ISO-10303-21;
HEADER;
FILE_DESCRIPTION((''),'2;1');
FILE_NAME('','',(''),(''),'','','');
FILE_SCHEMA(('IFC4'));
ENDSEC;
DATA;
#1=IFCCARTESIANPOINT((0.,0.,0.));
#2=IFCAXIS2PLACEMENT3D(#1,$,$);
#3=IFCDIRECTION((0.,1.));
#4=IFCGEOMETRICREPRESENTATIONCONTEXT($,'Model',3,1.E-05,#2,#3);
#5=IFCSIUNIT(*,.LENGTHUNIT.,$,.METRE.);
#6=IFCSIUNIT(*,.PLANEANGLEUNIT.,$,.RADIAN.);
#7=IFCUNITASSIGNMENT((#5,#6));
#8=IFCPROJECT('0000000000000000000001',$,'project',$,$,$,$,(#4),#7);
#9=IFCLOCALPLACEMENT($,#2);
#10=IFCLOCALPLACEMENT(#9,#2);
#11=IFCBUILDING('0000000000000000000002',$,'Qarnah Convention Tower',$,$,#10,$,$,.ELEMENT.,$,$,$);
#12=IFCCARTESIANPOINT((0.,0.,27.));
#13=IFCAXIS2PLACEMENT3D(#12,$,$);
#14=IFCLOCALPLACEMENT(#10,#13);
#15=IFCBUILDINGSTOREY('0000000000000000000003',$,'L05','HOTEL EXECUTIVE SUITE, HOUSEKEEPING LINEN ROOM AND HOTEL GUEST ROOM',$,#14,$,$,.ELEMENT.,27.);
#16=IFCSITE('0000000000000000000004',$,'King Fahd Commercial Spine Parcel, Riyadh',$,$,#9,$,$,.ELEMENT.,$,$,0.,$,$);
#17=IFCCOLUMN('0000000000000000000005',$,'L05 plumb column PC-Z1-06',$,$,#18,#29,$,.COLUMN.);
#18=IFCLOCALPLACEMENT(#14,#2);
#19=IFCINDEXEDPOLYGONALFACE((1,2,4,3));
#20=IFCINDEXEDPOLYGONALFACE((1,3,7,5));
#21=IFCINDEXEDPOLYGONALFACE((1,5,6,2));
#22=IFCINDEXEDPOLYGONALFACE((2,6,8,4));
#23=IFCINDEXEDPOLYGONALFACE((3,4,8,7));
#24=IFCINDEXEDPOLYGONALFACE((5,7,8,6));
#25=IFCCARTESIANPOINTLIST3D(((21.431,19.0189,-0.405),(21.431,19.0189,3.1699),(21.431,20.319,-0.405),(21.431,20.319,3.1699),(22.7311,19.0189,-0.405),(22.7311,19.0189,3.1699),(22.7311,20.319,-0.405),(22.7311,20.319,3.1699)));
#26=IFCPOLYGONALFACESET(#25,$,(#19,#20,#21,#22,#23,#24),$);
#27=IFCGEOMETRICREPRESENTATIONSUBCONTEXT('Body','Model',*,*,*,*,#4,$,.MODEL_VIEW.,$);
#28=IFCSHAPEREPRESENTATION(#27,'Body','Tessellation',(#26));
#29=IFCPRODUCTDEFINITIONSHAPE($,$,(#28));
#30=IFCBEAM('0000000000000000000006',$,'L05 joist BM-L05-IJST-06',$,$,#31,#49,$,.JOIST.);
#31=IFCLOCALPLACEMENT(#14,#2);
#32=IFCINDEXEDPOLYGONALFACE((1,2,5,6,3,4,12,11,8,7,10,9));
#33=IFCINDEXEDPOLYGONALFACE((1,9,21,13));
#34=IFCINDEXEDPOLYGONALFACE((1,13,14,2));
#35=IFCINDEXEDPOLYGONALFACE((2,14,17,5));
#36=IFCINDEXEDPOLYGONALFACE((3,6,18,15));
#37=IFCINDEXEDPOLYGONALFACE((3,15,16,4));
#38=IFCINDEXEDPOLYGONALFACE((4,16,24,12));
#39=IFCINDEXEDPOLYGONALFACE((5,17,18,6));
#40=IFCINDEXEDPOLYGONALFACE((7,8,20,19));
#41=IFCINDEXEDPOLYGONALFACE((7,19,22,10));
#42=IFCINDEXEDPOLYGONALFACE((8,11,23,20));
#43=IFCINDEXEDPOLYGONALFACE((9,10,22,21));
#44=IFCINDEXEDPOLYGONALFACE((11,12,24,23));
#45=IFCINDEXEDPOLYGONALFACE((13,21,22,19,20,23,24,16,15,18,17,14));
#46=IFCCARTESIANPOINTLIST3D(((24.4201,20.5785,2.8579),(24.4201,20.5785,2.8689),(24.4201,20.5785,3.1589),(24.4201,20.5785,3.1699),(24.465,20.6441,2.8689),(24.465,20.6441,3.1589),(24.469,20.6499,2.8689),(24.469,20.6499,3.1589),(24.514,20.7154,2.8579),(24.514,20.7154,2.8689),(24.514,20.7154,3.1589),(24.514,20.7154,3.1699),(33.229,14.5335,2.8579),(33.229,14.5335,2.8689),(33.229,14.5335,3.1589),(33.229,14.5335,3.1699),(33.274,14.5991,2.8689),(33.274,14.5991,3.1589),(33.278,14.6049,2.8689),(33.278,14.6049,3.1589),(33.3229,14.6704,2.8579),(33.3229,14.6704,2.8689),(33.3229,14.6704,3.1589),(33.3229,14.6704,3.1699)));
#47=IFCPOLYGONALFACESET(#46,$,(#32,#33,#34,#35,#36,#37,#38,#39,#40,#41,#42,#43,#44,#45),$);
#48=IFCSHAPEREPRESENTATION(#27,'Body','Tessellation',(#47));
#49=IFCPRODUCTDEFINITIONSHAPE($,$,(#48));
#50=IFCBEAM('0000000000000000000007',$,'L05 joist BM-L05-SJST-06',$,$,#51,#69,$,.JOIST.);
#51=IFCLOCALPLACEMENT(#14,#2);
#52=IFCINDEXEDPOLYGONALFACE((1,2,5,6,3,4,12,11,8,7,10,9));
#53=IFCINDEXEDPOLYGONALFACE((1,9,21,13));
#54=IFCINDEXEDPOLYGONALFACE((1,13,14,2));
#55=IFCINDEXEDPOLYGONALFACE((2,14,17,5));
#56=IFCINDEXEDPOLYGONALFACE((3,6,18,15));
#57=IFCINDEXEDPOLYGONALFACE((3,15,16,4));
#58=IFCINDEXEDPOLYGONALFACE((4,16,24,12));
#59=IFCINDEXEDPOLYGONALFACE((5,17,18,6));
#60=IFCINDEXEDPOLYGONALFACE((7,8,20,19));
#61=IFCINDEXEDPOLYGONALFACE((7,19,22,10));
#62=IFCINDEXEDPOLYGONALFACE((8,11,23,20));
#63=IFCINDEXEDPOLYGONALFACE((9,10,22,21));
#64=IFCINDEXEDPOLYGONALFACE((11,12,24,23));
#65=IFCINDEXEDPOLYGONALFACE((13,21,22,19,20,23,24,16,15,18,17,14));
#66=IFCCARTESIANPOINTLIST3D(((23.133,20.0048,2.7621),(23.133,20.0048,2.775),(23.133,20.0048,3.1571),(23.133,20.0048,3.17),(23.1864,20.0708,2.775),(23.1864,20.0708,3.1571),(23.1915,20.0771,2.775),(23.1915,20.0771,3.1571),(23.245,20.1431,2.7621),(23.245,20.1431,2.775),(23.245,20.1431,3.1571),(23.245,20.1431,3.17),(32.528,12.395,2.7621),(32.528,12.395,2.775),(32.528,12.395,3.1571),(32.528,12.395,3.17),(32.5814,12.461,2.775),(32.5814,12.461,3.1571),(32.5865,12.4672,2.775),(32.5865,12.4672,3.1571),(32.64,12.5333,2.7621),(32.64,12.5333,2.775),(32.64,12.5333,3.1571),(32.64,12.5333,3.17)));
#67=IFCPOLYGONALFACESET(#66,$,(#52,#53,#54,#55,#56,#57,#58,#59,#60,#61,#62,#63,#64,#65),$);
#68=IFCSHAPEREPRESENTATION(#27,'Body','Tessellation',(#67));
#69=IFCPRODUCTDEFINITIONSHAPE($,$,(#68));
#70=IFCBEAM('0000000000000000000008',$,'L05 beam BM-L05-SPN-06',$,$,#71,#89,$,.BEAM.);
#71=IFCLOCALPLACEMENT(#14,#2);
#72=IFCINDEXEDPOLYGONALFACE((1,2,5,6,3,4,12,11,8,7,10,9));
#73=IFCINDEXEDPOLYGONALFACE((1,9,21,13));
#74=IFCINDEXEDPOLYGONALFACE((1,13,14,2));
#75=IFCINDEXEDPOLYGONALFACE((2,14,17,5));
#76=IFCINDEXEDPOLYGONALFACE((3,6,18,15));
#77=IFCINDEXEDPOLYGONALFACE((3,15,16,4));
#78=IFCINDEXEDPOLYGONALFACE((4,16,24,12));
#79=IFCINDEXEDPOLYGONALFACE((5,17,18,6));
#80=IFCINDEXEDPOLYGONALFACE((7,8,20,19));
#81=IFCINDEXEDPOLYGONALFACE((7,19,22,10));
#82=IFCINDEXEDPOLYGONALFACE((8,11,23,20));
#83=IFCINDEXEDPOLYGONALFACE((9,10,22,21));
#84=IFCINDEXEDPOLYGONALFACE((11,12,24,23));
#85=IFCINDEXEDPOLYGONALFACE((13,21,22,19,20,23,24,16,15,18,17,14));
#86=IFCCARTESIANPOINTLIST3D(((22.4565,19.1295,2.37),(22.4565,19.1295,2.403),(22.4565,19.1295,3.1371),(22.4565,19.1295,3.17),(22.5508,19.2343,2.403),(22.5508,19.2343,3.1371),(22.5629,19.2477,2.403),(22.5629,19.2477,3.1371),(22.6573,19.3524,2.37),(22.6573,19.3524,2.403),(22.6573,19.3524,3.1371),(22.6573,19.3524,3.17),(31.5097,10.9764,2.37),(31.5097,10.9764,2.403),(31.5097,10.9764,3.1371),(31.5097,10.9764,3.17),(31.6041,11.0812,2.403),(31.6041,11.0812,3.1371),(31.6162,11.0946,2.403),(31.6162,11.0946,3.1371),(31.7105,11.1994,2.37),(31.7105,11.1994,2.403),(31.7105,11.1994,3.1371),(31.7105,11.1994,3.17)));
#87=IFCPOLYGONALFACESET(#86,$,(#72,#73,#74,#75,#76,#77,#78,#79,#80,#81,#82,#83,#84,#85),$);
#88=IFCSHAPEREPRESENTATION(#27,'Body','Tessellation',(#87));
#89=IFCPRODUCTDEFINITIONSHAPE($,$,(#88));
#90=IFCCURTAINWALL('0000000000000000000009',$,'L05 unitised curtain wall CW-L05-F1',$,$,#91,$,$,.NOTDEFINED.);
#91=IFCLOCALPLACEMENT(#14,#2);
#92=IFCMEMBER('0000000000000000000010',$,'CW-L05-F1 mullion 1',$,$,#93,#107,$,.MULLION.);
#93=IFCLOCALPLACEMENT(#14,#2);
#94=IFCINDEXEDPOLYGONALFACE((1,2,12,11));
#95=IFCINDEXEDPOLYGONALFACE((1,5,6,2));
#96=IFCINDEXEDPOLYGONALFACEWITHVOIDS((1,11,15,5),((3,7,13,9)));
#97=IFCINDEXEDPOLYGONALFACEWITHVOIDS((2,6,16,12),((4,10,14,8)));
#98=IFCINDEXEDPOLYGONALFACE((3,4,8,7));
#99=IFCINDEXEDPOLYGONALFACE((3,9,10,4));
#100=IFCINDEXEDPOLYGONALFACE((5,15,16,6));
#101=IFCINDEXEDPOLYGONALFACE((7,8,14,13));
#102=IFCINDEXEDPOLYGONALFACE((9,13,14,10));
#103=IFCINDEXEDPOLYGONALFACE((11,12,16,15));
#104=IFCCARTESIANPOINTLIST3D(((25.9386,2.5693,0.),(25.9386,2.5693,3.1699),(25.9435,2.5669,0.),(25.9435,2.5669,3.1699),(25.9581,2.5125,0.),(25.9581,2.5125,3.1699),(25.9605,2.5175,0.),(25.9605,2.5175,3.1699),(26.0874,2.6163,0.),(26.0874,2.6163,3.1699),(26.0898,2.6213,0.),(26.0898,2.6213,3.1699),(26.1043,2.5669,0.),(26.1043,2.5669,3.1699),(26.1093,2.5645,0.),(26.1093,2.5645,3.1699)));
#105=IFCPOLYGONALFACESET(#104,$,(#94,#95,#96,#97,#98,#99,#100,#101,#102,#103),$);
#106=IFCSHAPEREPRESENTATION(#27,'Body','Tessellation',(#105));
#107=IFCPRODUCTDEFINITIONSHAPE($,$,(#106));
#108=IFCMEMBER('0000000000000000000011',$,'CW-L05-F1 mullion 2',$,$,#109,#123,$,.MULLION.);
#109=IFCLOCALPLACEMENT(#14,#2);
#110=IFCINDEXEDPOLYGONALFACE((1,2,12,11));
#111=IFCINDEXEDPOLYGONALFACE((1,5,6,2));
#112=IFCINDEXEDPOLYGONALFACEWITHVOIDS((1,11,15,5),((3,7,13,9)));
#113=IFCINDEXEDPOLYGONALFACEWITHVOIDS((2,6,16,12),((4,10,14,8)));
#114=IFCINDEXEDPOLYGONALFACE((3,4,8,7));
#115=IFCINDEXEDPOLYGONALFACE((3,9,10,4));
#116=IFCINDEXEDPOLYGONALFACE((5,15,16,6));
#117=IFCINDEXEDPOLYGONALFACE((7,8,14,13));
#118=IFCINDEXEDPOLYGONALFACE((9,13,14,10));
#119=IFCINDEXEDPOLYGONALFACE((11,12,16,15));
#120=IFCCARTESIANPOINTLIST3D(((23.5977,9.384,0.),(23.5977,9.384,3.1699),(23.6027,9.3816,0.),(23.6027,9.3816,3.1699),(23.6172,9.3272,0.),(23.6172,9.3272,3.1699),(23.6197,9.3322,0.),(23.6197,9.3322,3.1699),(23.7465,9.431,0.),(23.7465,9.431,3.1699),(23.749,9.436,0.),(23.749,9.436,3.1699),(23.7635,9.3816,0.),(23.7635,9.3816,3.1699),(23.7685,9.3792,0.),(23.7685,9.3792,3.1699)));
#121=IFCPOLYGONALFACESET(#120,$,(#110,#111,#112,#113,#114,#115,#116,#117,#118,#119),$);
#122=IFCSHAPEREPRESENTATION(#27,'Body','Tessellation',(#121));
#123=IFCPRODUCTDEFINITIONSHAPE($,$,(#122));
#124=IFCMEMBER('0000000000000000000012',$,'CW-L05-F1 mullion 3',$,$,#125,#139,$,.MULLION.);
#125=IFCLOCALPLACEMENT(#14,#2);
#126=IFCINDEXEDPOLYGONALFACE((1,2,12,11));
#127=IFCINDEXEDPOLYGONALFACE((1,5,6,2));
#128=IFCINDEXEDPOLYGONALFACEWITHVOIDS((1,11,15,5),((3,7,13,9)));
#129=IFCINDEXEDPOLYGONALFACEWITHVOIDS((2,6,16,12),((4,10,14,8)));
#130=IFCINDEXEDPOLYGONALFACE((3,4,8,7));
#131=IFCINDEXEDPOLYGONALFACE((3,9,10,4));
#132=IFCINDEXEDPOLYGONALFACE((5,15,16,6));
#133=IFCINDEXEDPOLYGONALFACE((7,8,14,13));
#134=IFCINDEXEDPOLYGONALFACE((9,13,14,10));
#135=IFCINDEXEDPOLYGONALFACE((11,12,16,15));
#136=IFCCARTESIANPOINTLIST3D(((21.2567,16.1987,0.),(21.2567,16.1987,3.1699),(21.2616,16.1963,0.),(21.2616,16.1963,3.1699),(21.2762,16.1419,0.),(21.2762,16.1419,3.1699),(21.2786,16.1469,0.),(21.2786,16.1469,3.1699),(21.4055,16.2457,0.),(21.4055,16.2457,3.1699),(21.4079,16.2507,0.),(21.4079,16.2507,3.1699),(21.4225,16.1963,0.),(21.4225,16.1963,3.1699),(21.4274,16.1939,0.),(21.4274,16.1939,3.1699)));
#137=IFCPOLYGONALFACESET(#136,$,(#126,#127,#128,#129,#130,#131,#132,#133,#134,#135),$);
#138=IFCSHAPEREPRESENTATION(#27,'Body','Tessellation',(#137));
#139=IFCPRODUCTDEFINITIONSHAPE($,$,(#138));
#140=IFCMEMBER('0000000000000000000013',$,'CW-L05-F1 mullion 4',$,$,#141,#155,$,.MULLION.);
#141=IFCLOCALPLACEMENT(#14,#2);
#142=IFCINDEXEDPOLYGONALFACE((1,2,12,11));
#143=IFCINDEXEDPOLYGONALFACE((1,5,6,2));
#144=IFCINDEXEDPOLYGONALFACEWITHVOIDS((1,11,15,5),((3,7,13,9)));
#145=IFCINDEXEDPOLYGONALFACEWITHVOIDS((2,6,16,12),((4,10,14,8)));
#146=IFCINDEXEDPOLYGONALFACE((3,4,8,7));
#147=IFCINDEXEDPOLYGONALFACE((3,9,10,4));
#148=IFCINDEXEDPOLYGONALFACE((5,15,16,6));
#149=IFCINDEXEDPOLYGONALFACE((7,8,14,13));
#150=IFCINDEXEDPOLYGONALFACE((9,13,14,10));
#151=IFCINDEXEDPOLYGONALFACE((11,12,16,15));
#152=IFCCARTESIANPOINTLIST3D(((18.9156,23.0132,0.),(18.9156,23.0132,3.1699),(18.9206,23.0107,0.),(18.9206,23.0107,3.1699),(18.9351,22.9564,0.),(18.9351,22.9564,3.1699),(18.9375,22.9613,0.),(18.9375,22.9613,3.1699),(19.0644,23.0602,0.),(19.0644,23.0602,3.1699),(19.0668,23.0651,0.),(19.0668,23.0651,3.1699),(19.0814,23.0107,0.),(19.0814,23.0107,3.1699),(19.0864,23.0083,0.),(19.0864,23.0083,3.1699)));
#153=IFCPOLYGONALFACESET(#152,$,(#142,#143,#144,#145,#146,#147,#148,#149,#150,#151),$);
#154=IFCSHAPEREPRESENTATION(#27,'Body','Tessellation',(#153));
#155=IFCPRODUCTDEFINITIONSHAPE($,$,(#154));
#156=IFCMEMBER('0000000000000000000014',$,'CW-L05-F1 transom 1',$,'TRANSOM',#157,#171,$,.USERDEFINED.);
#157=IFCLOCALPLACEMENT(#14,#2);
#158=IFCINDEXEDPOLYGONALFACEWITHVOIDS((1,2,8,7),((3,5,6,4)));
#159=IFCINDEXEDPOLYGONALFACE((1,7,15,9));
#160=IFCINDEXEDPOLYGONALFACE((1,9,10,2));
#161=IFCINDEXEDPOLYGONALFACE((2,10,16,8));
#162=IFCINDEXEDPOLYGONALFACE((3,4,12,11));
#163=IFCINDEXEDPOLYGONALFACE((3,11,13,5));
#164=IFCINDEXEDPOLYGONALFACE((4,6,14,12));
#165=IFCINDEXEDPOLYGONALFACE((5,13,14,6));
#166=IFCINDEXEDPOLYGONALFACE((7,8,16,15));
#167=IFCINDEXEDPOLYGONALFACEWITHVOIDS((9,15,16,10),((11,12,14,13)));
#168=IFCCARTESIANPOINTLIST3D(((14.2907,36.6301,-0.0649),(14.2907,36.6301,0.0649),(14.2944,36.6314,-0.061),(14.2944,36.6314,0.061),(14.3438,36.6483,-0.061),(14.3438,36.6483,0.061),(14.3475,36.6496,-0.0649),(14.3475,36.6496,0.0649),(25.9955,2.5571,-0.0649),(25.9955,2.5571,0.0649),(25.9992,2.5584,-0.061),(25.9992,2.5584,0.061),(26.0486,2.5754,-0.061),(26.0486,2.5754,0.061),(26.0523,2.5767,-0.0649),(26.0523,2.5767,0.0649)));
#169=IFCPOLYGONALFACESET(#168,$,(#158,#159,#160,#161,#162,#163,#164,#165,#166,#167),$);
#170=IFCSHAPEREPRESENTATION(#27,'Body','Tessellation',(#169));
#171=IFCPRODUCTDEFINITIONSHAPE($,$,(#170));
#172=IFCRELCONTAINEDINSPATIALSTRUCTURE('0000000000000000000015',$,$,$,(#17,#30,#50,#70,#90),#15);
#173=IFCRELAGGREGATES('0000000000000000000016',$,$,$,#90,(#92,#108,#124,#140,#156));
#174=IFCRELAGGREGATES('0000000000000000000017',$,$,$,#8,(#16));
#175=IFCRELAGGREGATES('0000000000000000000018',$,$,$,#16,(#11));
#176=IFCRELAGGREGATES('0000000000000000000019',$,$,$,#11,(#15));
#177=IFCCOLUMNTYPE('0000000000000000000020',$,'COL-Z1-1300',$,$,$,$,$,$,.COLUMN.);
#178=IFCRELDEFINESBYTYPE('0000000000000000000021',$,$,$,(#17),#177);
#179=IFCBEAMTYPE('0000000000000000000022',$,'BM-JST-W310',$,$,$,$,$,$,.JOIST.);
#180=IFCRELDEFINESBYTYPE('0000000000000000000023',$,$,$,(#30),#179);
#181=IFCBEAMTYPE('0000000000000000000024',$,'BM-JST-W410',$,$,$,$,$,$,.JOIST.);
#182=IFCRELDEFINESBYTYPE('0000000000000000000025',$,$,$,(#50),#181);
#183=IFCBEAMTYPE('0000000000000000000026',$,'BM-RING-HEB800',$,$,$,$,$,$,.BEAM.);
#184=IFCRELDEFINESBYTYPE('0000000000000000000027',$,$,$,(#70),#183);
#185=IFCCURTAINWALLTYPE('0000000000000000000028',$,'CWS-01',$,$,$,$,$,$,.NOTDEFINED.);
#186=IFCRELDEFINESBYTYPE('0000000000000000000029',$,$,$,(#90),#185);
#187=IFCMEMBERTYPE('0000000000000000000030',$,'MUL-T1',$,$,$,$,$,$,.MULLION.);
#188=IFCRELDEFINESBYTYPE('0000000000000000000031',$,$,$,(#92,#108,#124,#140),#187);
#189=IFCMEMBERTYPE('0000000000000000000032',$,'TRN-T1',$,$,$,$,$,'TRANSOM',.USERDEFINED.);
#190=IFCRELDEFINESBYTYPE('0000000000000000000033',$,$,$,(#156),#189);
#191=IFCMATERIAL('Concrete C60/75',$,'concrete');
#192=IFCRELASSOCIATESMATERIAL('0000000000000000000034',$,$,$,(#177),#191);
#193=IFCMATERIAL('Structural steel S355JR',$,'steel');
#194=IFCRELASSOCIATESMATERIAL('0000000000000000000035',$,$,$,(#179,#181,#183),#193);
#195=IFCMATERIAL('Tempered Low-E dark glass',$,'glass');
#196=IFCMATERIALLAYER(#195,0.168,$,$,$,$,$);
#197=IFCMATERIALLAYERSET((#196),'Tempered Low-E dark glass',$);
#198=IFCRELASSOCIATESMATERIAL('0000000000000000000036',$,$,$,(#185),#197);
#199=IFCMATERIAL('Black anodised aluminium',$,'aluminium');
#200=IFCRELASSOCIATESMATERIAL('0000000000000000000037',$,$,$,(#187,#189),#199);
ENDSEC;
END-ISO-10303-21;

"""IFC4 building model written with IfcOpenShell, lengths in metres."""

from ifc_helpers import new_model, si_unit, direction, frame, origin, origin_2d, place, context, subcontext, project, spatial, rectangle, hollow_rectangle, i_section, extrude, material, layer, layer_set, material_profile, profile_set, type_object, element, aggregate, save


model = new_model("IFC4")

# Units and contexts
model_context = context("Model", 3, precision=1e-05, world=origin(), true_north=direction((0.0, 1.0)))
body_context = subcontext(model_context, "Body", "Model", "MODEL_VIEW")
ifc_project = project(units=[si_unit("LENGTHUNIT", "METRE"), si_unit("PLANEANGLEUNIT", "RADIAN")], contexts=[model_context])

# Site, building, storey
site_placement = place(None, origin())
site = spatial("IfcSite", under=ifc_project, at=site_placement, Name="King Fahd Commercial Spine Parcel, Riyadh", CompositionType="ELEMENT", RefElevation=0.0)
building_placement = place(site_placement, origin())
building = spatial("IfcBuilding", under=site, at=building_placement, Name="Qarnah Convention Tower", CompositionType="ELEMENT")
storey_placement = place(building_placement, frame((0.0, 0.0, 27.0)))
storey = spatial("IfcBuildingStorey", under=building, at=storey_placement, Name="L05", Description="HOTEL EXECUTIVE SUITE, HOUSEKEEPING LINEN ROOM AND HOTEL GUEST ROOM", CompositionType="ELEMENT", Elevation=27.0)

# Column
ifc_material_1 = material(Name="Concrete C60/75", Category="concrete")
ifc_material_profile_1 = material_profile(ifc_material_1, rectangle(XDim=1.3, YDim=1.3, at=origin_2d()), Name="RC-COL-1300X1300")
ifc_profile_set_1 = profile_set([ifc_material_profile_1], Name="Concrete C60/75")
column_type = type_object("IfcColumnType", Name="COL-Z1-1300", PredefinedType="COLUMN", material=ifc_profile_set_1)
column_placement = place(storey_placement, frame((22.0811, 19.6689, -0.405), z_axis=(0.0, 0.0, 1.0), x_axis=(1.0, 0.0, 0.0)))
element("IfcColumn", 1, at=column_placement, inside=storey, type_object=column_type, Name="L05 plumb column PC-Z1-06", PredefinedType="COLUMN", context=body_context, shape_type="SweptSolid", body=[
    extrude(rectangle(XDim=1.3, YDim=1.3, at=origin_2d()), origin(), (0.0, 0.0, 1.0), 3.575),
])

# Beams
ifc_material_2 = material(Name="Structural steel S355JR", Category="steel")
ifc_material_profile_2 = material_profile(ifc_material_2, i_section(OverallWidth=0.166, OverallDepth=0.312, WebThickness=0.0071, FlangeThickness=0.011, at=origin_2d()), Name="W310X45")
ifc_profile_set_2 = profile_set([ifc_material_profile_2], Name="Structural steel S355JR")
beam_type_1 = type_object("IfcBeamType", Name="BM-JST-W310", PredefinedType="JOIST", material=ifc_profile_set_2)
beam_1_placement = place(storey_placement, frame((24.467, 20.647, 3.0139), z_axis=(0.824529, -0.56582, 0.0), x_axis=(0.56582, 0.824529, 0.0)))
element("IfcBeam", 2, at=beam_1_placement, inside=storey, type_object=beam_type_1, Name="L05 joist BM-L05-IJST-06", PredefinedType="JOIST", context=body_context, shape_type="SweptSolid", body=[
    extrude(i_section(OverallWidth=0.166, OverallDepth=0.312, WebThickness=0.0071, FlangeThickness=0.011, at=origin_2d()), origin(), (0.0, 0.0, 1.0), 10.6836),
])
ifc_material_profile_3 = material_profile(ifc_material_2, i_section(OverallWidth=0.178, OverallDepth=0.408, WebThickness=0.0081, FlangeThickness=0.0129, at=origin_2d()), Name="W410X60")
ifc_profile_set_3 = profile_set([ifc_material_profile_3], Name="Structural steel S355JR")
beam_type_2 = type_object("IfcBeamType", Name="BM-JST-W410", PredefinedType="JOIST", material=ifc_profile_set_3)
beam_2_placement = place(storey_placement, frame((23.189, 20.074, 2.9661), z_axis=(0.777068, -0.629417, 0.0), x_axis=(0.629417, 0.777068, 0.0)))
element("IfcBeam", 3, at=beam_2_placement, inside=storey, type_object=beam_type_2, Name="L05 joist BM-L05-SJST-06", PredefinedType="JOIST", context=body_context, shape_type="SweptSolid", body=[
    extrude(i_section(OverallWidth=0.178, OverallDepth=0.408, WebThickness=0.0081, FlangeThickness=0.0129, at=origin_2d()), origin(), (0.0, 0.0, 1.0), 12.0903),
])
ifc_material_profile_4 = material_profile(ifc_material_2, i_section(OverallWidth=0.3, OverallDepth=0.8, WebThickness=0.0181, FlangeThickness=0.033, at=origin_2d()), Name="HEB800")
ifc_profile_set_4 = profile_set([ifc_material_profile_4], Name="Structural steel S355JR")
beam_type_3 = type_object("IfcBeamType", Name="BM-RING-HEB800", PredefinedType="BEAM", material=ifc_profile_set_4)
beam_3_placement = place(storey_placement, frame((22.5569, 19.241, 2.77), z_axis=(0.743083, -0.669199, 0.0), x_axis=(0.669199, 0.743083, 0.0)))
element("IfcBeam", 4, at=beam_3_placement, inside=storey, type_object=beam_type_3, Name="L05 beam BM-L05-SPN-06", PredefinedType="BEAM", context=body_context, shape_type="SweptSolid", body=[
    extrude(i_section(OverallWidth=0.3, OverallDepth=0.8, WebThickness=0.0181, FlangeThickness=0.033, at=origin_2d()), origin(), (0.0, 0.0, 1.0), 12.1833),
])

# Curtain wall, members
ifc_material_3 = material(Name="Tempered Low-E dark glass", Category="glass")
ifc_layer_1 = layer(ifc_material_3, 0.168)
ifc_layer_set_1 = layer_set([ifc_layer_1], Name="Tempered Low-E dark glass")
curtain_wall_type = type_object("IfcCurtainWallType", Name="CWS-01", PredefinedType="NOTDEFINED", material=ifc_layer_set_1)
curtain_wall_placement = place(storey_placement, origin())
curtain_wall = element("IfcCurtainWall", 5, at=curtain_wall_placement, inside=storey, type_object=curtain_wall_type, Name="L05 unitised curtain wall CW-L05-F1", PredefinedType="NOTDEFINED")
ifc_material_4 = material(Name="Black anodised aluminium", Category="aluminium")
ifc_material_profile_5 = material_profile(ifc_material_4, hollow_rectangle(XDim=0.0601, YDim=0.1599, WallThickness=0.0039, at=origin_2d()), Name="MUL-60X160")
ifc_profile_set_5 = profile_set([ifc_material_profile_5], Name="Black anodised aluminium")
member_type_1 = type_object("IfcMemberType", Name="MUL-T1", PredefinedType="MULLION", material=ifc_profile_set_5)
member_1_placement = place(storey_placement, frame((26.0239, 2.5669, 0.0), z_axis=(0.0, 0.0, 1.0), x_axis=(-0.324891, 0.945751, 0.0)))
member_1 = element("IfcMember", 6, at=member_1_placement, type_object=member_type_1, Name="CW-L05-F1 mullion 1", PredefinedType="MULLION", context=body_context, shape_type="SweptSolid", body=[
    extrude(hollow_rectangle(XDim=0.0601, YDim=0.1599, WallThickness=0.0039, at=origin_2d()), origin(), (0.0, 0.0, 1.0), 3.1699),
])
member_2_placement = place(storey_placement, frame((23.6831, 9.3816, 0.0), z_axis=(0.0, 0.0, 1.0), x_axis=(-0.324891, 0.945751, 0.0)))
member_2 = element("IfcMember", 7, at=member_2_placement, type_object=member_type_1, Name="CW-L05-F1 mullion 2", PredefinedType="MULLION", context=body_context, shape_type="SweptSolid", body=[
    extrude(hollow_rectangle(XDim=0.0601, YDim=0.1599, WallThickness=0.0039, at=origin_2d()), origin(), (0.0, 0.0, 1.0), 3.1699),
])
member_3_placement = place(storey_placement, frame((21.342, 16.1963, 0.0), z_axis=(0.0, 0.0, 1.0), x_axis=(-0.324891, 0.945751, 0.0)))
member_3 = element("IfcMember", 8, at=member_3_placement, type_object=member_type_1, Name="CW-L05-F1 mullion 3", PredefinedType="MULLION", context=body_context, shape_type="SweptSolid", body=[
    extrude(hollow_rectangle(XDim=0.0601, YDim=0.1599, WallThickness=0.0039, at=origin_2d()), origin(), (0.0, 0.0, 1.0), 3.1699),
])
member_4_placement = place(storey_placement, frame((19.001, 23.0107, 0.0), z_axis=(0.0, 0.0, 1.0), x_axis=(-0.324891, 0.945751, 0.0)))
member_4 = element("IfcMember", 9, at=member_4_placement, type_object=member_type_1, Name="CW-L05-F1 mullion 4", PredefinedType="MULLION", context=body_context, shape_type="SweptSolid", body=[
    extrude(hollow_rectangle(XDim=0.0601, YDim=0.1599, WallThickness=0.0039, at=origin_2d()), origin(), (0.0, 0.0, 1.0), 3.1699),
])
ifc_material_profile_6 = material_profile(ifc_material_4, hollow_rectangle(XDim=0.0601, YDim=0.1299, WallThickness=0.0039, at=origin_2d()), Name="TRN-60X130")
ifc_profile_set_6 = profile_set([ifc_material_profile_6], Name="Black anodised aluminium")
member_type_2 = type_object("IfcMemberType", Name="TRN-T1", ElementType="TRANSOM", PredefinedType="USERDEFINED", material=ifc_profile_set_6)
member_5_placement = place(storey_placement, frame((26.0239, 2.5669, 0.0), z_axis=(-0.324887, 0.945753, 0.0), x_axis=(-0.945753, -0.324887, 0.0)))
member_5 = element("IfcMember", 10, at=member_5_placement, type_object=member_type_2, Name="CW-L05-F1 transom 1", ObjectType="TRANSOM", PredefinedType="USERDEFINED", context=body_context, shape_type="SweptSolid", body=[
    extrude(hollow_rectangle(XDim=0.0601, YDim=0.1299, WallThickness=0.0039, at=origin_2d()), origin(), (0.0, 0.0, 1.0), 36.0273),
])
aggregate(curtain_wall, [member_1, member_2, member_3, member_4, member_5])

save(model, "model.ifc")
